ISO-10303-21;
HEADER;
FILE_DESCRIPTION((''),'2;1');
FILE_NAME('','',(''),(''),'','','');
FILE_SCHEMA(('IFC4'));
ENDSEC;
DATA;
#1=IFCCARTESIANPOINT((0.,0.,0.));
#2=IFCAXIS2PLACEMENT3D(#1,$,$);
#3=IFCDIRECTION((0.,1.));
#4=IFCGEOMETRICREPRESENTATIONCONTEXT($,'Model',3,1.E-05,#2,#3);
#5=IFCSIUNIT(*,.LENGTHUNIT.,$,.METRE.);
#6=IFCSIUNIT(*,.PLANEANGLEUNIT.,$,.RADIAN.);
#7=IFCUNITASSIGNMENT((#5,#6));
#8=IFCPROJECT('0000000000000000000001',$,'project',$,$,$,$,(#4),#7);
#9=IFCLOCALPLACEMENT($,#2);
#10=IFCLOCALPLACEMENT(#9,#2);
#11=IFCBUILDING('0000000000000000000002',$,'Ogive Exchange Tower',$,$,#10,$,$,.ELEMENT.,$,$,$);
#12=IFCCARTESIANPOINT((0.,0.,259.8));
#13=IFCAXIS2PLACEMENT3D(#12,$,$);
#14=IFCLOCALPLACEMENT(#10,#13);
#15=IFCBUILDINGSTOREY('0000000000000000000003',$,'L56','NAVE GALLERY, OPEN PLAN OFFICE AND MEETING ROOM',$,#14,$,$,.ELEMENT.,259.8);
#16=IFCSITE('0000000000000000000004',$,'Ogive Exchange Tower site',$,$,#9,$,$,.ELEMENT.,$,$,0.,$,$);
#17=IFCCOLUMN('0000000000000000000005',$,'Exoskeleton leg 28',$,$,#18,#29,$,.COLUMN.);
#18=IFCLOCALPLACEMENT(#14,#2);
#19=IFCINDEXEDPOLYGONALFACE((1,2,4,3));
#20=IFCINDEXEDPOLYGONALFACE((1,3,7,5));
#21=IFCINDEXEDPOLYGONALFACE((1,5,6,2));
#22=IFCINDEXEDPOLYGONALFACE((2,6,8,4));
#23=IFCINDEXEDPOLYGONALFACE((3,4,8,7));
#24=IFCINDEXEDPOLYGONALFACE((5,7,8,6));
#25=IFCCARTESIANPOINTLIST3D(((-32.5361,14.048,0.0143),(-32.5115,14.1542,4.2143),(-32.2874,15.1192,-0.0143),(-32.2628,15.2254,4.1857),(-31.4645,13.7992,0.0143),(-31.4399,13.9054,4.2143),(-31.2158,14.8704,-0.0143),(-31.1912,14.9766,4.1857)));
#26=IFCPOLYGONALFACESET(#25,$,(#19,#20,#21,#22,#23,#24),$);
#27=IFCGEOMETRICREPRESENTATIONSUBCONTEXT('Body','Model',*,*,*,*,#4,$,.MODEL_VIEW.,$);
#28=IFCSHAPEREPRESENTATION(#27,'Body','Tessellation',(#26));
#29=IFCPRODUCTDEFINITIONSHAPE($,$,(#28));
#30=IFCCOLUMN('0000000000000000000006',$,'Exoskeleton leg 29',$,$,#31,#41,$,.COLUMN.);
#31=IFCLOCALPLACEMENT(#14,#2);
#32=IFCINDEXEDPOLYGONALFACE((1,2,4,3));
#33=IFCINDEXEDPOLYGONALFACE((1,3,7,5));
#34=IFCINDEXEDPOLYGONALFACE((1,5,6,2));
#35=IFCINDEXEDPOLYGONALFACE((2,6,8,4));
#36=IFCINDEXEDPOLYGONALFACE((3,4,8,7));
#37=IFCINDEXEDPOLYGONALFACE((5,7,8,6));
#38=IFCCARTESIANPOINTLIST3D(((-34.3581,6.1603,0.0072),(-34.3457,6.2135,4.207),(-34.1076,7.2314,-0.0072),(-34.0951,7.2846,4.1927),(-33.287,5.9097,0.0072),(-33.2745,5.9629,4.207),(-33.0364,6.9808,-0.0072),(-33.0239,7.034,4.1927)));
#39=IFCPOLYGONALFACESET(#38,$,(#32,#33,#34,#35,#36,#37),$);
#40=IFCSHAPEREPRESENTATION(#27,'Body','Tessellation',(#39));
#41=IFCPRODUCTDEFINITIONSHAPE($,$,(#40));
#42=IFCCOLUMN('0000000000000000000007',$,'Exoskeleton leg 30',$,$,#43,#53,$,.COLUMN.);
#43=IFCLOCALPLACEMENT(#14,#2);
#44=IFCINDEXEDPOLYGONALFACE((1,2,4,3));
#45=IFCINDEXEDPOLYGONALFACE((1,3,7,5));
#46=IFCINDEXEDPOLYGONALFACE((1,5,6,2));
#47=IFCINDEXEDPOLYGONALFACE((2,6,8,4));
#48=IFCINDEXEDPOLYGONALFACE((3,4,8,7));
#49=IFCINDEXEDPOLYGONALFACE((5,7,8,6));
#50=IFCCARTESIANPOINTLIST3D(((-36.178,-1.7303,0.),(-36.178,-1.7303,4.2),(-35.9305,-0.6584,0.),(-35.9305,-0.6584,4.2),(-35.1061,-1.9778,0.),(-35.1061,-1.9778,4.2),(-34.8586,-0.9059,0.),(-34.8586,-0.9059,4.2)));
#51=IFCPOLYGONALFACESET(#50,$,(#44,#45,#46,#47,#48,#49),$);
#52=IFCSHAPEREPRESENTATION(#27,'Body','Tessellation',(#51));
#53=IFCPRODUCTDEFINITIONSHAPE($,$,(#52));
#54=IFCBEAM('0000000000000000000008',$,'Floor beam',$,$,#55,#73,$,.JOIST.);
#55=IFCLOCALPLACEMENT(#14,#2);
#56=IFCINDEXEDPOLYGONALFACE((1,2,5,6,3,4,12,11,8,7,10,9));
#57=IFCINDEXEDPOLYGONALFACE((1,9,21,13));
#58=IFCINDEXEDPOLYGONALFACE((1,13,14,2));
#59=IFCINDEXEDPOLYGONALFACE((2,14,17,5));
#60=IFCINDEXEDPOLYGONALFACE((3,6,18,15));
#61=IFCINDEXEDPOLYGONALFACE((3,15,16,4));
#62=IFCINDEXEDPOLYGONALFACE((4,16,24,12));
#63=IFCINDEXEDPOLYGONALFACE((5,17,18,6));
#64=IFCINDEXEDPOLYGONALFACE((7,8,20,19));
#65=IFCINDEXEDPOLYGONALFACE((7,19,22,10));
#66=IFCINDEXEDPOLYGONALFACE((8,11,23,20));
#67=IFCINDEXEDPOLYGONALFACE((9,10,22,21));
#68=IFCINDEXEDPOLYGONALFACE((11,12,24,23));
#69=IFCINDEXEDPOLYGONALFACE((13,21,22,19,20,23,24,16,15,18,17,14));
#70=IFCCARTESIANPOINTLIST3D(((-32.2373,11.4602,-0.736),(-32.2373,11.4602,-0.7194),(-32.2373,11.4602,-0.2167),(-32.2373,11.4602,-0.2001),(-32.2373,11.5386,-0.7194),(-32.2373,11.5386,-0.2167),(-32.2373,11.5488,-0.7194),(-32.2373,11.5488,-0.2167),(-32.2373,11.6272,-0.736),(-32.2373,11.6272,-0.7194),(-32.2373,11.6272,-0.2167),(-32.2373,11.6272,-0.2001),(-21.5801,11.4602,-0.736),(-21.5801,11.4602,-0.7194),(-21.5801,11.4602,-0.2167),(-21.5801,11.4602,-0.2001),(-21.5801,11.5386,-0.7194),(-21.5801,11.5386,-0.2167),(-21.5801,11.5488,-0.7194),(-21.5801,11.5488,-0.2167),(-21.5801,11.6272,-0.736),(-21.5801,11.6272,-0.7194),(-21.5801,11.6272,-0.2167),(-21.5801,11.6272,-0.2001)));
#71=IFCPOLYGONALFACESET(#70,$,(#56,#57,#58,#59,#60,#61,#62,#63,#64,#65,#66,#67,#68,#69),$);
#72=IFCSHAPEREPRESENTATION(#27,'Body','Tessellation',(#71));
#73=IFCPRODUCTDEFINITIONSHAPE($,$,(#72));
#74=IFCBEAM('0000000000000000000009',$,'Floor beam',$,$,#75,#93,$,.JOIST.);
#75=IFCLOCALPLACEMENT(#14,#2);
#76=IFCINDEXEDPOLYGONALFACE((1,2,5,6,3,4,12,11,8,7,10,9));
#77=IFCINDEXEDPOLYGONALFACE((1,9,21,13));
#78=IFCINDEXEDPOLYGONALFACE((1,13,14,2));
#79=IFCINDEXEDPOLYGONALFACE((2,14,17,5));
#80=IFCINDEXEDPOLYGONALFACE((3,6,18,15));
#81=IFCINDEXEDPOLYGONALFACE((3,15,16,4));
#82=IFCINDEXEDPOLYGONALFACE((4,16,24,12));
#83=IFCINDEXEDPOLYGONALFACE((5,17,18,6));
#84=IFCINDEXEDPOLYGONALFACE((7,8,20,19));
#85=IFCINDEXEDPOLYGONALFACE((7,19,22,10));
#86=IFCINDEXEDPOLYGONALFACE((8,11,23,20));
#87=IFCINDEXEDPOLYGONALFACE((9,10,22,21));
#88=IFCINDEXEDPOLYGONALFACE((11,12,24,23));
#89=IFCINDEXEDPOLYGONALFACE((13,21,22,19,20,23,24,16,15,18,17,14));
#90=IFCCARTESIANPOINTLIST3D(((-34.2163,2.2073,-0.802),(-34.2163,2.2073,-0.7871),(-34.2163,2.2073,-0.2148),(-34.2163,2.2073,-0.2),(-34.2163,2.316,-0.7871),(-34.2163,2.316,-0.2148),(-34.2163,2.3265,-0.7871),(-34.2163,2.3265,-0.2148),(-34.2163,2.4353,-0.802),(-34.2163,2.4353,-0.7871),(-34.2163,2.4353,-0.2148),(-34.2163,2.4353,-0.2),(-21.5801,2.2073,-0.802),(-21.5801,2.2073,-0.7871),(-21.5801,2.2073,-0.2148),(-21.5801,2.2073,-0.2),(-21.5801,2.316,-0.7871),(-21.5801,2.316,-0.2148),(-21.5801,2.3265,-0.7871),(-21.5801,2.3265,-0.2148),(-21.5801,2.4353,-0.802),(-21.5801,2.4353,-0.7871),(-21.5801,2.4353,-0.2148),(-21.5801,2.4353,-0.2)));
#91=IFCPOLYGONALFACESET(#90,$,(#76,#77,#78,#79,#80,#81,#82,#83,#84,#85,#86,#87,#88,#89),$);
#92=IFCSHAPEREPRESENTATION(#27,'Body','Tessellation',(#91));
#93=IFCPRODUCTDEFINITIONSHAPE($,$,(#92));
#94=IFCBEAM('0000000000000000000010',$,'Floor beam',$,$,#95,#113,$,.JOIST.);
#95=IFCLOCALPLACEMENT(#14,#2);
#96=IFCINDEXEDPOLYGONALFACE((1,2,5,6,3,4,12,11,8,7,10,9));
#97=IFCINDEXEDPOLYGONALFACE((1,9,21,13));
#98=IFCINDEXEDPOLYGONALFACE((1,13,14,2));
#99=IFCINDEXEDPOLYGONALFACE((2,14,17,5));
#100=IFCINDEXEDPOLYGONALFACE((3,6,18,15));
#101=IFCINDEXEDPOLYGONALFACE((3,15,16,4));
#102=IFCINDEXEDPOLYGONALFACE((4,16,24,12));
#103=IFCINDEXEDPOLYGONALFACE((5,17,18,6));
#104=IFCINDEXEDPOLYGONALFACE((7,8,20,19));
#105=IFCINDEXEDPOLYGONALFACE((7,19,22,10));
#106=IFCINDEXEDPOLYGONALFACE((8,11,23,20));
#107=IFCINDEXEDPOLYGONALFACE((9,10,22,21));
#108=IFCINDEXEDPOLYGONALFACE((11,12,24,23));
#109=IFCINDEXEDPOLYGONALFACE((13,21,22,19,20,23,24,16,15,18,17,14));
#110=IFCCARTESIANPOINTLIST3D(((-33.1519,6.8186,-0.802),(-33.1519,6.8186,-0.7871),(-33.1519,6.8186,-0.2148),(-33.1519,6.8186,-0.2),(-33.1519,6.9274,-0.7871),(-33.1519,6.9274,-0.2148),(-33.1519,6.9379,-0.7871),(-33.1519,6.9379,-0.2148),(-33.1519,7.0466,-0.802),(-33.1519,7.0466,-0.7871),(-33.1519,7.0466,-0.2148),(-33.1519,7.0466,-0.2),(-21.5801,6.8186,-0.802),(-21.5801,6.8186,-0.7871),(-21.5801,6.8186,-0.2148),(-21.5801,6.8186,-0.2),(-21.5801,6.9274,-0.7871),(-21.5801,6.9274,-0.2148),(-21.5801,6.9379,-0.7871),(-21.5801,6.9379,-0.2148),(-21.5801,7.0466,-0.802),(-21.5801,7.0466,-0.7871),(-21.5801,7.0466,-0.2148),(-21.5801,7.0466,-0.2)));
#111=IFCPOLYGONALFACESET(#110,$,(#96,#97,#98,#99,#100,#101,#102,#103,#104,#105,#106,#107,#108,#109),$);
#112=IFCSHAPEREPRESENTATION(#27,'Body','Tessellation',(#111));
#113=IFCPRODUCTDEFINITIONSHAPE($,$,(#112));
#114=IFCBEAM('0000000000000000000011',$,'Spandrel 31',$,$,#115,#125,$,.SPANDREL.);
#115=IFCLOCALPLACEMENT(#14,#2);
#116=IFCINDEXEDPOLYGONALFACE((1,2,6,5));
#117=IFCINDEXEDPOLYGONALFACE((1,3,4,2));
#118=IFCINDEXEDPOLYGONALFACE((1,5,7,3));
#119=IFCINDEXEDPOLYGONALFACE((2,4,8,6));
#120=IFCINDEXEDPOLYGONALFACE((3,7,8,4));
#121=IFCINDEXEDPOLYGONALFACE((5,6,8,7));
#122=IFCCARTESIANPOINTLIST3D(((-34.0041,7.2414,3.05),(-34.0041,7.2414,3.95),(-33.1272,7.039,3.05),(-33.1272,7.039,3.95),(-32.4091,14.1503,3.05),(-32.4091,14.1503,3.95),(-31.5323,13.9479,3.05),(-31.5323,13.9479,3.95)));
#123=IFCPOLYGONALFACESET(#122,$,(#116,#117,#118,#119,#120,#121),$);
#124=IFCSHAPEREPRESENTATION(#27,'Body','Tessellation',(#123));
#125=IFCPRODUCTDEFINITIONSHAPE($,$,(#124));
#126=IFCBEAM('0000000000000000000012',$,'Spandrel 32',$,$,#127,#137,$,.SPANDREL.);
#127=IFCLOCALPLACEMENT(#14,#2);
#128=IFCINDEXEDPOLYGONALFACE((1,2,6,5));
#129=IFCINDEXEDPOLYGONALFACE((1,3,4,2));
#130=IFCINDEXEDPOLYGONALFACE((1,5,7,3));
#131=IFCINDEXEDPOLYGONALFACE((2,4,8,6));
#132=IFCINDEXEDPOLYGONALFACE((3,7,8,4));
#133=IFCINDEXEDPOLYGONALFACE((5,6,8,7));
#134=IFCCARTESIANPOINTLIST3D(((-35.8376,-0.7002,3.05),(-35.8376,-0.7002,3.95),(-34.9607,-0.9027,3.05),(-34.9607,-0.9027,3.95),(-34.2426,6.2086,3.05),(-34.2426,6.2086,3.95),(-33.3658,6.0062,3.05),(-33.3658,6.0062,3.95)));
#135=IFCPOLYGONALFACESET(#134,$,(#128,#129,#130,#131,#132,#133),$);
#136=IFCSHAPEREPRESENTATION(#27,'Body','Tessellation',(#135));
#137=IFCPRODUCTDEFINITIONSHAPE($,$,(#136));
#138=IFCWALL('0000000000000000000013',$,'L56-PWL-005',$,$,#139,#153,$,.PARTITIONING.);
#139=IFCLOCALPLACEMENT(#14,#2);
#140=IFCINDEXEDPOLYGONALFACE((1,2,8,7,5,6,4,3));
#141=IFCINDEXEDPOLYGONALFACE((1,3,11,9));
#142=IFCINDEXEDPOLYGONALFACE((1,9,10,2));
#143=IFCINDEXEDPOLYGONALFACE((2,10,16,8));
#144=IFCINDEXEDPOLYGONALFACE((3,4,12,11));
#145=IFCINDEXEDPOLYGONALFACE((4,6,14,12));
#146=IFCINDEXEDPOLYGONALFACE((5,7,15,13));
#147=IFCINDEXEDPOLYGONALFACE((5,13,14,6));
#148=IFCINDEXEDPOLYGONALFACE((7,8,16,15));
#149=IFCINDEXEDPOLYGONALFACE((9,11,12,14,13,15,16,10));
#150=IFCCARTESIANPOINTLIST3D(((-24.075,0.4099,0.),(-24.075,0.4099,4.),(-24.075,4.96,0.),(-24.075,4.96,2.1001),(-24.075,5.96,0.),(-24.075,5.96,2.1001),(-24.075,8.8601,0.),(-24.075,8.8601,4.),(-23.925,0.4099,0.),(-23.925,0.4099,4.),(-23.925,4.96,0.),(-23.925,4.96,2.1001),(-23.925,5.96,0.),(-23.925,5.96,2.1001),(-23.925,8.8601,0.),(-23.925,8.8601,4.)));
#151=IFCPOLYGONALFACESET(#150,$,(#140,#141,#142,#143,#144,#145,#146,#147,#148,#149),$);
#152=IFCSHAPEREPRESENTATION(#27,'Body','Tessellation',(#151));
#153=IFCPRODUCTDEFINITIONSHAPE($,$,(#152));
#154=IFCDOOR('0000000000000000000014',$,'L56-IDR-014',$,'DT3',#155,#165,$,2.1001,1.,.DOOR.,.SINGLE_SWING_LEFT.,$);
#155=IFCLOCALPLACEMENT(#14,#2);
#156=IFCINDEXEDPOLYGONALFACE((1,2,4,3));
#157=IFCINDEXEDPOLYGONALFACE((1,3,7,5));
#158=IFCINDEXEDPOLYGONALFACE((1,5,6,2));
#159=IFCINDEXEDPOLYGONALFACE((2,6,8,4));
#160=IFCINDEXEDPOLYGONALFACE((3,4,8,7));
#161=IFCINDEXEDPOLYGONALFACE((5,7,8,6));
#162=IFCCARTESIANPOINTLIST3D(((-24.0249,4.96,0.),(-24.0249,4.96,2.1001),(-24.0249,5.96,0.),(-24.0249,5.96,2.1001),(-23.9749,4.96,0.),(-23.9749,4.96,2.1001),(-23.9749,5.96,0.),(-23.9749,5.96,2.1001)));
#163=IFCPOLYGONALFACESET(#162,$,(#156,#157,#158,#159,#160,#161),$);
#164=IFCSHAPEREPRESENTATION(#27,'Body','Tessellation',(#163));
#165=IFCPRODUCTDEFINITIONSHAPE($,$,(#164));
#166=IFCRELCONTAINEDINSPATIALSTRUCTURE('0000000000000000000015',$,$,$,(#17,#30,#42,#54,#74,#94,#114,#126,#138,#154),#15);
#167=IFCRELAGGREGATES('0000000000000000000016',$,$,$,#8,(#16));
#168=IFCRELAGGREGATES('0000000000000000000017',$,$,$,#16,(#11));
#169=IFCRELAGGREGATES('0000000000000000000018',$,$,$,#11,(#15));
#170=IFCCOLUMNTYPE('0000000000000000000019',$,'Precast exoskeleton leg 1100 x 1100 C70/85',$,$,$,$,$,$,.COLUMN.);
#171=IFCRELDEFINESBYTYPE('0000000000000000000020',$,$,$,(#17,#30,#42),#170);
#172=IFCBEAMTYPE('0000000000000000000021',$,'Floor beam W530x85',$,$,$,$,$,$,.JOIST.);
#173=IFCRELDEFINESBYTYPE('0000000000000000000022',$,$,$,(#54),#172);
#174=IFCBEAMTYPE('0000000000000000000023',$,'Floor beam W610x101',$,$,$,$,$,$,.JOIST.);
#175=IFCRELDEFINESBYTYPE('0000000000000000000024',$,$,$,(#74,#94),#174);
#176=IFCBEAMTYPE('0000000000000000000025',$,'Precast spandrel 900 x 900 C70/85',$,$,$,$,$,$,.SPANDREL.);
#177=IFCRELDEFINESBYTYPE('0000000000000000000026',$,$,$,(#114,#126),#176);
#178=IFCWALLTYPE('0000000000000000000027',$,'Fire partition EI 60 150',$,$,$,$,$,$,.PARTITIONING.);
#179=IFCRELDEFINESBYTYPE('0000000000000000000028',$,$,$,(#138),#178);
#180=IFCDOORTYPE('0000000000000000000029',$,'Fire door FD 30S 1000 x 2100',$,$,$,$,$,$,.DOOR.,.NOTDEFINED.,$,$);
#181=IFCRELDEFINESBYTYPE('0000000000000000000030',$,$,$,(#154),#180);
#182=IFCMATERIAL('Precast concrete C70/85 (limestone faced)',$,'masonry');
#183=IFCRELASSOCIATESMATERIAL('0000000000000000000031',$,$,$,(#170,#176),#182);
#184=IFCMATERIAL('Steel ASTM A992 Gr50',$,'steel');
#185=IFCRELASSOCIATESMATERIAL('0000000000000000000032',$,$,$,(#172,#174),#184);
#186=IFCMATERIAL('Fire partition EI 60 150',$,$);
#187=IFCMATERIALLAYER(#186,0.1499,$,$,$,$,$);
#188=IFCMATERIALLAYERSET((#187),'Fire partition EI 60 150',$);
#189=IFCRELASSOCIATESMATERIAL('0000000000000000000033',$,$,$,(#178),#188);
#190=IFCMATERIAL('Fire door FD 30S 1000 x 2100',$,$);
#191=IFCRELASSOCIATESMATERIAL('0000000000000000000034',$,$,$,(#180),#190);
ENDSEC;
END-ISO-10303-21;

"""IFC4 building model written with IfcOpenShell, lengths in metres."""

from ifc_helpers import new_model, si_unit, direction, frame, frame_2d, origin, origin_2d, place, context, subcontext, project, spatial, rectangle, i_section, extrude, material, layer, layer_set, material_profile, profile_set, type_object, element, fill, save


model = new_model("IFC4")

# Units and contexts
model_context = context("Model", 3, precision=1e-05, world=origin(), true_north=direction((0.0, 1.0)))
body_context = subcontext(model_context, "Body", "Model", "MODEL_VIEW")
ifc_project = project(units=[si_unit("LENGTHUNIT", "METRE"), si_unit("PLANEANGLEUNIT", "RADIAN")], contexts=[model_context])

# Site, building, storey
site_placement = place(None, origin())
site = spatial("IfcSite", under=ifc_project, at=site_placement, Name="Ogive Exchange Tower site", CompositionType="ELEMENT", RefElevation=0.0)
building_placement = place(site_placement, origin())
building = spatial("IfcBuilding", under=site, at=building_placement, Name="Ogive Exchange Tower", CompositionType="ELEMENT")
storey_placement = place(building_placement, frame((0.0, 0.0, 259.8)))
storey = spatial("IfcBuildingStorey", under=building, at=storey_placement, Name="L56", Description="NAVE GALLERY, OPEN PLAN OFFICE AND MEETING ROOM", CompositionType="ELEMENT", Elevation=259.8)

# Columns
ifc_material_1 = material(Name="Precast concrete C70/85 (limestone faced)", Category="masonry")
ifc_material_profile_1 = material_profile(ifc_material_1, rectangle(XDim=1.1001, YDim=1.1001, at=origin_2d()), Name="1100 x 1100")
ifc_profile_set_1 = profile_set([ifc_material_profile_1], Name="Precast concrete C70/85 (limestone faced)")
column_type = type_object("IfcColumnType", Name="Precast exoskeleton leg 1100 x 1100 C70/85", PredefinedType="COLUMN", material=ifc_profile_set_1)
column_1_placement = place(storey_placement, frame((-31.876, 14.4592, 0.0), z_axis=(0.005869, 0.025278, 0.999663), x_axis=(-0.974088, 0.226168, 0.0)))
element("IfcColumn", 1, at=column_1_placement, inside=storey, type_object=column_type, Name="Exoskeleton leg 28", PredefinedType="COLUMN", context=body_context, shape_type="SweptSolid", body=[
    extrude(rectangle(XDim=1.1001, YDim=1.1001, at=origin_2d()), origin(), (0.0, 0.0, 1.0), 4.2014),
])
column_2_placement = place(storey_placement, frame((-33.6973, 6.5706, 0.0), z_axis=(0.002964, 0.012671, 0.999915), x_axis=(-0.973709, 0.227794, 0.0)))
element("IfcColumn", 2, at=column_2_placement, inside=storey, type_object=column_type, Name="Exoskeleton leg 29", PredefinedType="COLUMN", context=body_context, shape_type="SweptSolid", body=[
    extrude(rectangle(XDim=1.1001, YDim=1.1001, at=origin_2d()), origin(), (0.0, 0.0, 1.0), 4.2002),
])
column_3_placement = place(storey_placement, frame((-35.5183, -1.3181, 0.0), z_axis=(0.0, 0.0, 1.0), x_axis=(0.97437, -0.224951, 0.0)))
element("IfcColumn", 3, at=column_3_placement, inside=storey, type_object=column_type, Name="Exoskeleton leg 30", PredefinedType="COLUMN", context=body_context, shape_type="SweptSolid", body=[
    extrude(rectangle(XDim=1.1001, YDim=1.1001, at=origin_2d()), origin(), (0.0, 0.0, 1.0), 4.2),
])

# Beams
ifc_material_2 = material(Name="Steel ASTM A992 Gr50", Category="steel")
ifc_material_profile_2 = material_profile(ifc_material_2, i_section(OverallWidth=0.167, OverallDepth=0.5359, WebThickness=0.0103, FlangeThickness=0.0166, at=origin_2d()), Name="W530x85")
ifc_profile_set_2 = profile_set([ifc_material_profile_2], Name="Steel ASTM A992 Gr50")
beam_type_1 = type_object("IfcBeamType", Name="Floor beam W530x85", PredefinedType="JOIST", material=ifc_profile_set_2)
beam_1_placement = place(storey_placement, frame((-32.2373, 11.5437, -0.468), z_axis=(1.0, 0.0, 0.0), x_axis=(0.0, 1.0, 0.0)))
element("IfcBeam", 4, at=beam_1_placement, inside=storey, type_object=beam_type_1, Name="Floor beam", PredefinedType="JOIST", context=body_context, shape_type="SweptSolid", body=[
    extrude(i_section(OverallWidth=0.167, OverallDepth=0.5359, WebThickness=0.0103, FlangeThickness=0.0166, at=origin_2d()), origin(), (0.0, 0.0, 1.0), 10.6572),
])
ifc_material_profile_3 = material_profile(ifc_material_2, i_section(OverallWidth=0.228, OverallDepth=0.6021, WebThickness=0.0105, FlangeThickness=0.0149, at=origin_2d()), Name="W610x101")
ifc_profile_set_3 = profile_set([ifc_material_profile_3], Name="Steel ASTM A992 Gr50")
beam_type_2 = type_object("IfcBeamType", Name="Floor beam W610x101", PredefinedType="JOIST", material=ifc_profile_set_3)
beam_2_placement = place(storey_placement, frame((-34.2163, 2.3213, -0.501), z_axis=(1.0, 0.0, 0.0), x_axis=(0.0, 1.0, 0.0)))
element("IfcBeam", 5, at=beam_2_placement, inside=storey, type_object=beam_type_2, Name="Floor beam", PredefinedType="JOIST", context=body_context, shape_type="SweptSolid", body=[
    extrude(i_section(OverallWidth=0.228, OverallDepth=0.6021, WebThickness=0.0105, FlangeThickness=0.0149, at=origin_2d()), origin(), (0.0, 0.0, 1.0), 12.6362),
])
beam_3_placement = place(storey_placement, frame((-33.1519, 6.9326, -0.501), z_axis=(1.0, 0.0, 0.0), x_axis=(0.0, 1.0, 0.0)))
element("IfcBeam", 6, at=beam_3_placement, inside=storey, type_object=beam_type_2, Name="Floor beam", PredefinedType="JOIST", context=body_context, shape_type="SweptSolid", body=[
    extrude(i_section(OverallWidth=0.228, OverallDepth=0.6021, WebThickness=0.0105, FlangeThickness=0.0149, at=origin_2d()), origin(), (0.0, 0.0, 1.0), 11.5718),
])
ifc_material_profile_4 = material_profile(ifc_material_1, rectangle(XDim=0.8999, YDim=0.8999, at=origin_2d()), Name="900 x 900")
ifc_profile_set_4 = profile_set([ifc_material_profile_4], Name="Precast concrete C70/85 (limestone faced)")
beam_type_3 = type_object("IfcBeamType", Name="Precast spandrel 900 x 900 C70/85", PredefinedType="SPANDREL", material=ifc_profile_set_4)
for number, where, z_axis, x_axis, name in (
    (7, (-31.9707, 14.0491, 3.5), (-0.22494, -0.974373, 0.0), (0.974373, -0.22494, 0.0), "Spandrel 31"),
    (8, (-33.8042, 6.1074, 3.5), (-0.22494, -0.974373, 0.0), (0.974373, -0.22494, 0.0), "Spandrel 32"),
):
    element("IfcBeam", number, at=place(storey_placement, frame(where, z_axis=z_axis, x_axis=x_axis)), inside=storey, type_object=beam_type_3, Name=name, PredefinedType="SPANDREL", context=body_context, shape_type="SweptSolid", body=[
        extrude(rectangle(XDim=0.8999, YDim=0.8999, at=origin_2d()), origin(), (0.0, 0.0, 1.0), 7.0906),
    ])

# Wall, opening, door
ifc_material_3 = material(Name="Fire partition EI 60 150")
ifc_layer_1 = layer(ifc_material_3, 0.1499)
ifc_layer_set_1 = layer_set([ifc_layer_1], Name="Fire partition EI 60 150")
wall_type_1 = type_object("IfcWallType", Name="Fire partition EI 60 150", PredefinedType="PARTITIONING", material=ifc_layer_set_1)
wall_1_placement = place(storey_placement, frame((-24.0, 0.4099, 0.0), z_axis=(0.0, 0.0, 1.0), x_axis=(0.0, 1.0, 0.0)))
wall_1 = element("IfcWall", 9, at=wall_1_placement, inside=storey, type_object=wall_type_1, Name="L56-PWL-005", PredefinedType="PARTITIONING", context=body_context, shape_type="SweptSolid", body=[
    extrude(rectangle(XDim=8.4502, YDim=0.1499, at=frame_2d((4.2251, 0.0))), origin(), (0.0, 0.0, 1.0), 4.0),
])
opening_1_placement = place(wall_1_placement, frame((4.55, 0.0, 0.0)))
opening_1 = element("IfcOpeningElement", 10, at=opening_1_placement, cuts=wall_1, PredefinedType="OPENING", context=body_context, shape_type="SweptSolid", body=[
    extrude(rectangle(XDim=1.0, YDim=2.1001, at=frame_2d((0.5, 1.05))), frame((0.0, 0.085, 0.0), z_axis=(0.0, -1.0, 0.0), x_axis=(1.0, 0.0, 0.0)), (0.0, 0.0, 1.0), 0.1699),
])
ifc_material_4 = material(Name="Fire door FD 30S 1000 x 2100")
door_type = type_object("IfcDoorType", Name="Fire door FD 30S 1000 x 2100", OperationType="NOTDEFINED", PredefinedType="DOOR", material=ifc_material_4)
door_1_placement = place(opening_1_placement, origin())
door_1 = element("IfcDoor", 11, at=door_1_placement, inside=storey, type_object=door_type, Name="L56-IDR-014", ObjectType="DT3", OperationType="SINGLE_SWING_LEFT", OverallHeight=2.1001, OverallWidth=1.0, PredefinedType="DOOR", context=body_context, shape_type="SweptSolid", body=[
    extrude(rectangle(XDim=1.0, YDim=2.1001, at=frame_2d((0.5, 1.05))), frame((0.0, 0.0249, 0.0), z_axis=(0.0, -1.0, 0.0), x_axis=(1.0, 0.0, 0.0)), (0.0, 0.0, 1.0), 0.05),
])
fill(opening_1, door_1)

save(model, "model.ifc")
